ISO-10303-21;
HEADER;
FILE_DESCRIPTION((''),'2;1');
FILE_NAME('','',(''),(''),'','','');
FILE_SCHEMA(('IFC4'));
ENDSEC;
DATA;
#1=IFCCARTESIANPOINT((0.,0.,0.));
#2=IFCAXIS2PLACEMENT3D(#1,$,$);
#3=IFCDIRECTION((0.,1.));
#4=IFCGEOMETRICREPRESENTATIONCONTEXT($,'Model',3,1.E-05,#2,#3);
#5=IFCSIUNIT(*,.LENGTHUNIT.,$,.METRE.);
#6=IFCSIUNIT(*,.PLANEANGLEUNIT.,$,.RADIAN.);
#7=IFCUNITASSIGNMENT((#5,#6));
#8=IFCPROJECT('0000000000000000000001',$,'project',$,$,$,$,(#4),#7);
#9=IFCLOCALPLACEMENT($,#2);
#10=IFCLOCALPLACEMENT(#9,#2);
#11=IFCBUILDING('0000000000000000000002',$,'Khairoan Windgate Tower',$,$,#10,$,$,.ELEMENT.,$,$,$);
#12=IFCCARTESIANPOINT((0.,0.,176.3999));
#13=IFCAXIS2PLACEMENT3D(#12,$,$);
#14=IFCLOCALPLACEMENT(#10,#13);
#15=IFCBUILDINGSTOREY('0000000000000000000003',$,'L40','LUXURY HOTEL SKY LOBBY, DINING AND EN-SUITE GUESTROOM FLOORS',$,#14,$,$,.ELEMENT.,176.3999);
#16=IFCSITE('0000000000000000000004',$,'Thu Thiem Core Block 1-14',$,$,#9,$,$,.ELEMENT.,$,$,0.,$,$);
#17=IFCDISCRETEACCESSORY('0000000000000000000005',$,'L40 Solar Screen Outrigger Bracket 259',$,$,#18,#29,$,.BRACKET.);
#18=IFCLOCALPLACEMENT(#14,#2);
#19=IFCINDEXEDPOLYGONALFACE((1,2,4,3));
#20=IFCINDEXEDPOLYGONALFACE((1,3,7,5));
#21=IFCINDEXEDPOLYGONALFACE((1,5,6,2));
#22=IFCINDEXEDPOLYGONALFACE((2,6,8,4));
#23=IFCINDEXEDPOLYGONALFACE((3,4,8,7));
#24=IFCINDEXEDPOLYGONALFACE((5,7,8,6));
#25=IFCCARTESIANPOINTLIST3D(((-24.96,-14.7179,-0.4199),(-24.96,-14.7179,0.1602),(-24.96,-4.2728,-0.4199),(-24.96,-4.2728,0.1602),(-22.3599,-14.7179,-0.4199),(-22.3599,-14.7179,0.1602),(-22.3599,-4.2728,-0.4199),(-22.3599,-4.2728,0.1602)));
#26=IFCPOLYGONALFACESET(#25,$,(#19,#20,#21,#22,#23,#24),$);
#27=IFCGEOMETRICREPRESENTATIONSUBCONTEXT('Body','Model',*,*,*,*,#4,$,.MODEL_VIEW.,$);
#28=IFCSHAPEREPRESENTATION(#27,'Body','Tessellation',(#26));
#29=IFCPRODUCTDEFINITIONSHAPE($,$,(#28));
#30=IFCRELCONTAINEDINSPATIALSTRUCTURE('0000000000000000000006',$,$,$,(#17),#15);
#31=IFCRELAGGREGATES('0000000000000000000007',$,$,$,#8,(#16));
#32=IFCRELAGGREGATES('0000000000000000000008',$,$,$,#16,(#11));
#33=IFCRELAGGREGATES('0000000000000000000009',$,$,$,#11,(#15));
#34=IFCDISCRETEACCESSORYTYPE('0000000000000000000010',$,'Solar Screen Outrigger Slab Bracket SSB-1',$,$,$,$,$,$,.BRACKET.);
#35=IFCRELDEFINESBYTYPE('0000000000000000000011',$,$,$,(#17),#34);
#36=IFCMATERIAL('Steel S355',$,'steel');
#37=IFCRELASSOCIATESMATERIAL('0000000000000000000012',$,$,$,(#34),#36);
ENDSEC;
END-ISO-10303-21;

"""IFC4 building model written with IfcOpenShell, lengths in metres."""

from ifc_helpers import new_model, si_unit, direction, frame, origin, origin_2d, place, context, subcontext, project, spatial, rectangle, extrude, material, type_object, element, save


model = new_model("IFC4")

# Units and contexts
model_context = context("Model", 3, precision=1e-05, world=origin(), true_north=direction((0.0, 1.0)))
body_context = subcontext(model_context, "Body", "Model", "MODEL_VIEW")
ifc_project = project(units=[si_unit("LENGTHUNIT", "METRE"), si_unit("PLANEANGLEUNIT", "RADIAN")], contexts=[model_context])

# Site, building, storey
site_placement = place(None, origin())
site = spatial("IfcSite", under=ifc_project, at=site_placement, Name="Thu Thiem Core Block 1-14", CompositionType="ELEMENT", RefElevation=0.0)
building_placement = place(site_placement, origin())
building = spatial("IfcBuilding", under=site, at=building_placement, Name="Khairoan Windgate Tower", CompositionType="ELEMENT")
storey_placement = place(building_placement, frame((0.0, 0.0, 176.3999)))
storey = spatial("IfcBuildingStorey", under=building, at=storey_placement, Name="L40", Description="LUXURY HOTEL SKY LOBBY, DINING AND EN-SUITE GUESTROOM FLOORS", CompositionType="ELEMENT", Elevation=176.3999)

# Discrete accessory
ifc_material_1 = material(Name="Steel S355", Category="steel")
discrete_accessory_type = type_object("IfcDiscreteAccessoryType", Name="Solar Screen Outrigger Slab Bracket SSB-1", PredefinedType="BRACKET", material=ifc_material_1)
discrete_accessory_placement = place(storey_placement, frame((-23.6599, -9.4954, -0.4199), z_axis=(0.0, 0.0, 1.0), x_axis=(0.0, 1.0, 0.0)))
element("IfcDiscreteAccessory", 1, at=discrete_accessory_placement, inside=storey, type_object=discrete_accessory_type, Name="L40 Solar Screen Outrigger Bracket 259", PredefinedType="BRACKET", context=body_context, shape_type="SweptSolid", body=[
    extrude(rectangle(XDim=10.4451, YDim=2.6001, at=origin_2d()), origin(), (0.0, 0.0, 1.0), 0.5801),
])

save(model, "model.ifc")
